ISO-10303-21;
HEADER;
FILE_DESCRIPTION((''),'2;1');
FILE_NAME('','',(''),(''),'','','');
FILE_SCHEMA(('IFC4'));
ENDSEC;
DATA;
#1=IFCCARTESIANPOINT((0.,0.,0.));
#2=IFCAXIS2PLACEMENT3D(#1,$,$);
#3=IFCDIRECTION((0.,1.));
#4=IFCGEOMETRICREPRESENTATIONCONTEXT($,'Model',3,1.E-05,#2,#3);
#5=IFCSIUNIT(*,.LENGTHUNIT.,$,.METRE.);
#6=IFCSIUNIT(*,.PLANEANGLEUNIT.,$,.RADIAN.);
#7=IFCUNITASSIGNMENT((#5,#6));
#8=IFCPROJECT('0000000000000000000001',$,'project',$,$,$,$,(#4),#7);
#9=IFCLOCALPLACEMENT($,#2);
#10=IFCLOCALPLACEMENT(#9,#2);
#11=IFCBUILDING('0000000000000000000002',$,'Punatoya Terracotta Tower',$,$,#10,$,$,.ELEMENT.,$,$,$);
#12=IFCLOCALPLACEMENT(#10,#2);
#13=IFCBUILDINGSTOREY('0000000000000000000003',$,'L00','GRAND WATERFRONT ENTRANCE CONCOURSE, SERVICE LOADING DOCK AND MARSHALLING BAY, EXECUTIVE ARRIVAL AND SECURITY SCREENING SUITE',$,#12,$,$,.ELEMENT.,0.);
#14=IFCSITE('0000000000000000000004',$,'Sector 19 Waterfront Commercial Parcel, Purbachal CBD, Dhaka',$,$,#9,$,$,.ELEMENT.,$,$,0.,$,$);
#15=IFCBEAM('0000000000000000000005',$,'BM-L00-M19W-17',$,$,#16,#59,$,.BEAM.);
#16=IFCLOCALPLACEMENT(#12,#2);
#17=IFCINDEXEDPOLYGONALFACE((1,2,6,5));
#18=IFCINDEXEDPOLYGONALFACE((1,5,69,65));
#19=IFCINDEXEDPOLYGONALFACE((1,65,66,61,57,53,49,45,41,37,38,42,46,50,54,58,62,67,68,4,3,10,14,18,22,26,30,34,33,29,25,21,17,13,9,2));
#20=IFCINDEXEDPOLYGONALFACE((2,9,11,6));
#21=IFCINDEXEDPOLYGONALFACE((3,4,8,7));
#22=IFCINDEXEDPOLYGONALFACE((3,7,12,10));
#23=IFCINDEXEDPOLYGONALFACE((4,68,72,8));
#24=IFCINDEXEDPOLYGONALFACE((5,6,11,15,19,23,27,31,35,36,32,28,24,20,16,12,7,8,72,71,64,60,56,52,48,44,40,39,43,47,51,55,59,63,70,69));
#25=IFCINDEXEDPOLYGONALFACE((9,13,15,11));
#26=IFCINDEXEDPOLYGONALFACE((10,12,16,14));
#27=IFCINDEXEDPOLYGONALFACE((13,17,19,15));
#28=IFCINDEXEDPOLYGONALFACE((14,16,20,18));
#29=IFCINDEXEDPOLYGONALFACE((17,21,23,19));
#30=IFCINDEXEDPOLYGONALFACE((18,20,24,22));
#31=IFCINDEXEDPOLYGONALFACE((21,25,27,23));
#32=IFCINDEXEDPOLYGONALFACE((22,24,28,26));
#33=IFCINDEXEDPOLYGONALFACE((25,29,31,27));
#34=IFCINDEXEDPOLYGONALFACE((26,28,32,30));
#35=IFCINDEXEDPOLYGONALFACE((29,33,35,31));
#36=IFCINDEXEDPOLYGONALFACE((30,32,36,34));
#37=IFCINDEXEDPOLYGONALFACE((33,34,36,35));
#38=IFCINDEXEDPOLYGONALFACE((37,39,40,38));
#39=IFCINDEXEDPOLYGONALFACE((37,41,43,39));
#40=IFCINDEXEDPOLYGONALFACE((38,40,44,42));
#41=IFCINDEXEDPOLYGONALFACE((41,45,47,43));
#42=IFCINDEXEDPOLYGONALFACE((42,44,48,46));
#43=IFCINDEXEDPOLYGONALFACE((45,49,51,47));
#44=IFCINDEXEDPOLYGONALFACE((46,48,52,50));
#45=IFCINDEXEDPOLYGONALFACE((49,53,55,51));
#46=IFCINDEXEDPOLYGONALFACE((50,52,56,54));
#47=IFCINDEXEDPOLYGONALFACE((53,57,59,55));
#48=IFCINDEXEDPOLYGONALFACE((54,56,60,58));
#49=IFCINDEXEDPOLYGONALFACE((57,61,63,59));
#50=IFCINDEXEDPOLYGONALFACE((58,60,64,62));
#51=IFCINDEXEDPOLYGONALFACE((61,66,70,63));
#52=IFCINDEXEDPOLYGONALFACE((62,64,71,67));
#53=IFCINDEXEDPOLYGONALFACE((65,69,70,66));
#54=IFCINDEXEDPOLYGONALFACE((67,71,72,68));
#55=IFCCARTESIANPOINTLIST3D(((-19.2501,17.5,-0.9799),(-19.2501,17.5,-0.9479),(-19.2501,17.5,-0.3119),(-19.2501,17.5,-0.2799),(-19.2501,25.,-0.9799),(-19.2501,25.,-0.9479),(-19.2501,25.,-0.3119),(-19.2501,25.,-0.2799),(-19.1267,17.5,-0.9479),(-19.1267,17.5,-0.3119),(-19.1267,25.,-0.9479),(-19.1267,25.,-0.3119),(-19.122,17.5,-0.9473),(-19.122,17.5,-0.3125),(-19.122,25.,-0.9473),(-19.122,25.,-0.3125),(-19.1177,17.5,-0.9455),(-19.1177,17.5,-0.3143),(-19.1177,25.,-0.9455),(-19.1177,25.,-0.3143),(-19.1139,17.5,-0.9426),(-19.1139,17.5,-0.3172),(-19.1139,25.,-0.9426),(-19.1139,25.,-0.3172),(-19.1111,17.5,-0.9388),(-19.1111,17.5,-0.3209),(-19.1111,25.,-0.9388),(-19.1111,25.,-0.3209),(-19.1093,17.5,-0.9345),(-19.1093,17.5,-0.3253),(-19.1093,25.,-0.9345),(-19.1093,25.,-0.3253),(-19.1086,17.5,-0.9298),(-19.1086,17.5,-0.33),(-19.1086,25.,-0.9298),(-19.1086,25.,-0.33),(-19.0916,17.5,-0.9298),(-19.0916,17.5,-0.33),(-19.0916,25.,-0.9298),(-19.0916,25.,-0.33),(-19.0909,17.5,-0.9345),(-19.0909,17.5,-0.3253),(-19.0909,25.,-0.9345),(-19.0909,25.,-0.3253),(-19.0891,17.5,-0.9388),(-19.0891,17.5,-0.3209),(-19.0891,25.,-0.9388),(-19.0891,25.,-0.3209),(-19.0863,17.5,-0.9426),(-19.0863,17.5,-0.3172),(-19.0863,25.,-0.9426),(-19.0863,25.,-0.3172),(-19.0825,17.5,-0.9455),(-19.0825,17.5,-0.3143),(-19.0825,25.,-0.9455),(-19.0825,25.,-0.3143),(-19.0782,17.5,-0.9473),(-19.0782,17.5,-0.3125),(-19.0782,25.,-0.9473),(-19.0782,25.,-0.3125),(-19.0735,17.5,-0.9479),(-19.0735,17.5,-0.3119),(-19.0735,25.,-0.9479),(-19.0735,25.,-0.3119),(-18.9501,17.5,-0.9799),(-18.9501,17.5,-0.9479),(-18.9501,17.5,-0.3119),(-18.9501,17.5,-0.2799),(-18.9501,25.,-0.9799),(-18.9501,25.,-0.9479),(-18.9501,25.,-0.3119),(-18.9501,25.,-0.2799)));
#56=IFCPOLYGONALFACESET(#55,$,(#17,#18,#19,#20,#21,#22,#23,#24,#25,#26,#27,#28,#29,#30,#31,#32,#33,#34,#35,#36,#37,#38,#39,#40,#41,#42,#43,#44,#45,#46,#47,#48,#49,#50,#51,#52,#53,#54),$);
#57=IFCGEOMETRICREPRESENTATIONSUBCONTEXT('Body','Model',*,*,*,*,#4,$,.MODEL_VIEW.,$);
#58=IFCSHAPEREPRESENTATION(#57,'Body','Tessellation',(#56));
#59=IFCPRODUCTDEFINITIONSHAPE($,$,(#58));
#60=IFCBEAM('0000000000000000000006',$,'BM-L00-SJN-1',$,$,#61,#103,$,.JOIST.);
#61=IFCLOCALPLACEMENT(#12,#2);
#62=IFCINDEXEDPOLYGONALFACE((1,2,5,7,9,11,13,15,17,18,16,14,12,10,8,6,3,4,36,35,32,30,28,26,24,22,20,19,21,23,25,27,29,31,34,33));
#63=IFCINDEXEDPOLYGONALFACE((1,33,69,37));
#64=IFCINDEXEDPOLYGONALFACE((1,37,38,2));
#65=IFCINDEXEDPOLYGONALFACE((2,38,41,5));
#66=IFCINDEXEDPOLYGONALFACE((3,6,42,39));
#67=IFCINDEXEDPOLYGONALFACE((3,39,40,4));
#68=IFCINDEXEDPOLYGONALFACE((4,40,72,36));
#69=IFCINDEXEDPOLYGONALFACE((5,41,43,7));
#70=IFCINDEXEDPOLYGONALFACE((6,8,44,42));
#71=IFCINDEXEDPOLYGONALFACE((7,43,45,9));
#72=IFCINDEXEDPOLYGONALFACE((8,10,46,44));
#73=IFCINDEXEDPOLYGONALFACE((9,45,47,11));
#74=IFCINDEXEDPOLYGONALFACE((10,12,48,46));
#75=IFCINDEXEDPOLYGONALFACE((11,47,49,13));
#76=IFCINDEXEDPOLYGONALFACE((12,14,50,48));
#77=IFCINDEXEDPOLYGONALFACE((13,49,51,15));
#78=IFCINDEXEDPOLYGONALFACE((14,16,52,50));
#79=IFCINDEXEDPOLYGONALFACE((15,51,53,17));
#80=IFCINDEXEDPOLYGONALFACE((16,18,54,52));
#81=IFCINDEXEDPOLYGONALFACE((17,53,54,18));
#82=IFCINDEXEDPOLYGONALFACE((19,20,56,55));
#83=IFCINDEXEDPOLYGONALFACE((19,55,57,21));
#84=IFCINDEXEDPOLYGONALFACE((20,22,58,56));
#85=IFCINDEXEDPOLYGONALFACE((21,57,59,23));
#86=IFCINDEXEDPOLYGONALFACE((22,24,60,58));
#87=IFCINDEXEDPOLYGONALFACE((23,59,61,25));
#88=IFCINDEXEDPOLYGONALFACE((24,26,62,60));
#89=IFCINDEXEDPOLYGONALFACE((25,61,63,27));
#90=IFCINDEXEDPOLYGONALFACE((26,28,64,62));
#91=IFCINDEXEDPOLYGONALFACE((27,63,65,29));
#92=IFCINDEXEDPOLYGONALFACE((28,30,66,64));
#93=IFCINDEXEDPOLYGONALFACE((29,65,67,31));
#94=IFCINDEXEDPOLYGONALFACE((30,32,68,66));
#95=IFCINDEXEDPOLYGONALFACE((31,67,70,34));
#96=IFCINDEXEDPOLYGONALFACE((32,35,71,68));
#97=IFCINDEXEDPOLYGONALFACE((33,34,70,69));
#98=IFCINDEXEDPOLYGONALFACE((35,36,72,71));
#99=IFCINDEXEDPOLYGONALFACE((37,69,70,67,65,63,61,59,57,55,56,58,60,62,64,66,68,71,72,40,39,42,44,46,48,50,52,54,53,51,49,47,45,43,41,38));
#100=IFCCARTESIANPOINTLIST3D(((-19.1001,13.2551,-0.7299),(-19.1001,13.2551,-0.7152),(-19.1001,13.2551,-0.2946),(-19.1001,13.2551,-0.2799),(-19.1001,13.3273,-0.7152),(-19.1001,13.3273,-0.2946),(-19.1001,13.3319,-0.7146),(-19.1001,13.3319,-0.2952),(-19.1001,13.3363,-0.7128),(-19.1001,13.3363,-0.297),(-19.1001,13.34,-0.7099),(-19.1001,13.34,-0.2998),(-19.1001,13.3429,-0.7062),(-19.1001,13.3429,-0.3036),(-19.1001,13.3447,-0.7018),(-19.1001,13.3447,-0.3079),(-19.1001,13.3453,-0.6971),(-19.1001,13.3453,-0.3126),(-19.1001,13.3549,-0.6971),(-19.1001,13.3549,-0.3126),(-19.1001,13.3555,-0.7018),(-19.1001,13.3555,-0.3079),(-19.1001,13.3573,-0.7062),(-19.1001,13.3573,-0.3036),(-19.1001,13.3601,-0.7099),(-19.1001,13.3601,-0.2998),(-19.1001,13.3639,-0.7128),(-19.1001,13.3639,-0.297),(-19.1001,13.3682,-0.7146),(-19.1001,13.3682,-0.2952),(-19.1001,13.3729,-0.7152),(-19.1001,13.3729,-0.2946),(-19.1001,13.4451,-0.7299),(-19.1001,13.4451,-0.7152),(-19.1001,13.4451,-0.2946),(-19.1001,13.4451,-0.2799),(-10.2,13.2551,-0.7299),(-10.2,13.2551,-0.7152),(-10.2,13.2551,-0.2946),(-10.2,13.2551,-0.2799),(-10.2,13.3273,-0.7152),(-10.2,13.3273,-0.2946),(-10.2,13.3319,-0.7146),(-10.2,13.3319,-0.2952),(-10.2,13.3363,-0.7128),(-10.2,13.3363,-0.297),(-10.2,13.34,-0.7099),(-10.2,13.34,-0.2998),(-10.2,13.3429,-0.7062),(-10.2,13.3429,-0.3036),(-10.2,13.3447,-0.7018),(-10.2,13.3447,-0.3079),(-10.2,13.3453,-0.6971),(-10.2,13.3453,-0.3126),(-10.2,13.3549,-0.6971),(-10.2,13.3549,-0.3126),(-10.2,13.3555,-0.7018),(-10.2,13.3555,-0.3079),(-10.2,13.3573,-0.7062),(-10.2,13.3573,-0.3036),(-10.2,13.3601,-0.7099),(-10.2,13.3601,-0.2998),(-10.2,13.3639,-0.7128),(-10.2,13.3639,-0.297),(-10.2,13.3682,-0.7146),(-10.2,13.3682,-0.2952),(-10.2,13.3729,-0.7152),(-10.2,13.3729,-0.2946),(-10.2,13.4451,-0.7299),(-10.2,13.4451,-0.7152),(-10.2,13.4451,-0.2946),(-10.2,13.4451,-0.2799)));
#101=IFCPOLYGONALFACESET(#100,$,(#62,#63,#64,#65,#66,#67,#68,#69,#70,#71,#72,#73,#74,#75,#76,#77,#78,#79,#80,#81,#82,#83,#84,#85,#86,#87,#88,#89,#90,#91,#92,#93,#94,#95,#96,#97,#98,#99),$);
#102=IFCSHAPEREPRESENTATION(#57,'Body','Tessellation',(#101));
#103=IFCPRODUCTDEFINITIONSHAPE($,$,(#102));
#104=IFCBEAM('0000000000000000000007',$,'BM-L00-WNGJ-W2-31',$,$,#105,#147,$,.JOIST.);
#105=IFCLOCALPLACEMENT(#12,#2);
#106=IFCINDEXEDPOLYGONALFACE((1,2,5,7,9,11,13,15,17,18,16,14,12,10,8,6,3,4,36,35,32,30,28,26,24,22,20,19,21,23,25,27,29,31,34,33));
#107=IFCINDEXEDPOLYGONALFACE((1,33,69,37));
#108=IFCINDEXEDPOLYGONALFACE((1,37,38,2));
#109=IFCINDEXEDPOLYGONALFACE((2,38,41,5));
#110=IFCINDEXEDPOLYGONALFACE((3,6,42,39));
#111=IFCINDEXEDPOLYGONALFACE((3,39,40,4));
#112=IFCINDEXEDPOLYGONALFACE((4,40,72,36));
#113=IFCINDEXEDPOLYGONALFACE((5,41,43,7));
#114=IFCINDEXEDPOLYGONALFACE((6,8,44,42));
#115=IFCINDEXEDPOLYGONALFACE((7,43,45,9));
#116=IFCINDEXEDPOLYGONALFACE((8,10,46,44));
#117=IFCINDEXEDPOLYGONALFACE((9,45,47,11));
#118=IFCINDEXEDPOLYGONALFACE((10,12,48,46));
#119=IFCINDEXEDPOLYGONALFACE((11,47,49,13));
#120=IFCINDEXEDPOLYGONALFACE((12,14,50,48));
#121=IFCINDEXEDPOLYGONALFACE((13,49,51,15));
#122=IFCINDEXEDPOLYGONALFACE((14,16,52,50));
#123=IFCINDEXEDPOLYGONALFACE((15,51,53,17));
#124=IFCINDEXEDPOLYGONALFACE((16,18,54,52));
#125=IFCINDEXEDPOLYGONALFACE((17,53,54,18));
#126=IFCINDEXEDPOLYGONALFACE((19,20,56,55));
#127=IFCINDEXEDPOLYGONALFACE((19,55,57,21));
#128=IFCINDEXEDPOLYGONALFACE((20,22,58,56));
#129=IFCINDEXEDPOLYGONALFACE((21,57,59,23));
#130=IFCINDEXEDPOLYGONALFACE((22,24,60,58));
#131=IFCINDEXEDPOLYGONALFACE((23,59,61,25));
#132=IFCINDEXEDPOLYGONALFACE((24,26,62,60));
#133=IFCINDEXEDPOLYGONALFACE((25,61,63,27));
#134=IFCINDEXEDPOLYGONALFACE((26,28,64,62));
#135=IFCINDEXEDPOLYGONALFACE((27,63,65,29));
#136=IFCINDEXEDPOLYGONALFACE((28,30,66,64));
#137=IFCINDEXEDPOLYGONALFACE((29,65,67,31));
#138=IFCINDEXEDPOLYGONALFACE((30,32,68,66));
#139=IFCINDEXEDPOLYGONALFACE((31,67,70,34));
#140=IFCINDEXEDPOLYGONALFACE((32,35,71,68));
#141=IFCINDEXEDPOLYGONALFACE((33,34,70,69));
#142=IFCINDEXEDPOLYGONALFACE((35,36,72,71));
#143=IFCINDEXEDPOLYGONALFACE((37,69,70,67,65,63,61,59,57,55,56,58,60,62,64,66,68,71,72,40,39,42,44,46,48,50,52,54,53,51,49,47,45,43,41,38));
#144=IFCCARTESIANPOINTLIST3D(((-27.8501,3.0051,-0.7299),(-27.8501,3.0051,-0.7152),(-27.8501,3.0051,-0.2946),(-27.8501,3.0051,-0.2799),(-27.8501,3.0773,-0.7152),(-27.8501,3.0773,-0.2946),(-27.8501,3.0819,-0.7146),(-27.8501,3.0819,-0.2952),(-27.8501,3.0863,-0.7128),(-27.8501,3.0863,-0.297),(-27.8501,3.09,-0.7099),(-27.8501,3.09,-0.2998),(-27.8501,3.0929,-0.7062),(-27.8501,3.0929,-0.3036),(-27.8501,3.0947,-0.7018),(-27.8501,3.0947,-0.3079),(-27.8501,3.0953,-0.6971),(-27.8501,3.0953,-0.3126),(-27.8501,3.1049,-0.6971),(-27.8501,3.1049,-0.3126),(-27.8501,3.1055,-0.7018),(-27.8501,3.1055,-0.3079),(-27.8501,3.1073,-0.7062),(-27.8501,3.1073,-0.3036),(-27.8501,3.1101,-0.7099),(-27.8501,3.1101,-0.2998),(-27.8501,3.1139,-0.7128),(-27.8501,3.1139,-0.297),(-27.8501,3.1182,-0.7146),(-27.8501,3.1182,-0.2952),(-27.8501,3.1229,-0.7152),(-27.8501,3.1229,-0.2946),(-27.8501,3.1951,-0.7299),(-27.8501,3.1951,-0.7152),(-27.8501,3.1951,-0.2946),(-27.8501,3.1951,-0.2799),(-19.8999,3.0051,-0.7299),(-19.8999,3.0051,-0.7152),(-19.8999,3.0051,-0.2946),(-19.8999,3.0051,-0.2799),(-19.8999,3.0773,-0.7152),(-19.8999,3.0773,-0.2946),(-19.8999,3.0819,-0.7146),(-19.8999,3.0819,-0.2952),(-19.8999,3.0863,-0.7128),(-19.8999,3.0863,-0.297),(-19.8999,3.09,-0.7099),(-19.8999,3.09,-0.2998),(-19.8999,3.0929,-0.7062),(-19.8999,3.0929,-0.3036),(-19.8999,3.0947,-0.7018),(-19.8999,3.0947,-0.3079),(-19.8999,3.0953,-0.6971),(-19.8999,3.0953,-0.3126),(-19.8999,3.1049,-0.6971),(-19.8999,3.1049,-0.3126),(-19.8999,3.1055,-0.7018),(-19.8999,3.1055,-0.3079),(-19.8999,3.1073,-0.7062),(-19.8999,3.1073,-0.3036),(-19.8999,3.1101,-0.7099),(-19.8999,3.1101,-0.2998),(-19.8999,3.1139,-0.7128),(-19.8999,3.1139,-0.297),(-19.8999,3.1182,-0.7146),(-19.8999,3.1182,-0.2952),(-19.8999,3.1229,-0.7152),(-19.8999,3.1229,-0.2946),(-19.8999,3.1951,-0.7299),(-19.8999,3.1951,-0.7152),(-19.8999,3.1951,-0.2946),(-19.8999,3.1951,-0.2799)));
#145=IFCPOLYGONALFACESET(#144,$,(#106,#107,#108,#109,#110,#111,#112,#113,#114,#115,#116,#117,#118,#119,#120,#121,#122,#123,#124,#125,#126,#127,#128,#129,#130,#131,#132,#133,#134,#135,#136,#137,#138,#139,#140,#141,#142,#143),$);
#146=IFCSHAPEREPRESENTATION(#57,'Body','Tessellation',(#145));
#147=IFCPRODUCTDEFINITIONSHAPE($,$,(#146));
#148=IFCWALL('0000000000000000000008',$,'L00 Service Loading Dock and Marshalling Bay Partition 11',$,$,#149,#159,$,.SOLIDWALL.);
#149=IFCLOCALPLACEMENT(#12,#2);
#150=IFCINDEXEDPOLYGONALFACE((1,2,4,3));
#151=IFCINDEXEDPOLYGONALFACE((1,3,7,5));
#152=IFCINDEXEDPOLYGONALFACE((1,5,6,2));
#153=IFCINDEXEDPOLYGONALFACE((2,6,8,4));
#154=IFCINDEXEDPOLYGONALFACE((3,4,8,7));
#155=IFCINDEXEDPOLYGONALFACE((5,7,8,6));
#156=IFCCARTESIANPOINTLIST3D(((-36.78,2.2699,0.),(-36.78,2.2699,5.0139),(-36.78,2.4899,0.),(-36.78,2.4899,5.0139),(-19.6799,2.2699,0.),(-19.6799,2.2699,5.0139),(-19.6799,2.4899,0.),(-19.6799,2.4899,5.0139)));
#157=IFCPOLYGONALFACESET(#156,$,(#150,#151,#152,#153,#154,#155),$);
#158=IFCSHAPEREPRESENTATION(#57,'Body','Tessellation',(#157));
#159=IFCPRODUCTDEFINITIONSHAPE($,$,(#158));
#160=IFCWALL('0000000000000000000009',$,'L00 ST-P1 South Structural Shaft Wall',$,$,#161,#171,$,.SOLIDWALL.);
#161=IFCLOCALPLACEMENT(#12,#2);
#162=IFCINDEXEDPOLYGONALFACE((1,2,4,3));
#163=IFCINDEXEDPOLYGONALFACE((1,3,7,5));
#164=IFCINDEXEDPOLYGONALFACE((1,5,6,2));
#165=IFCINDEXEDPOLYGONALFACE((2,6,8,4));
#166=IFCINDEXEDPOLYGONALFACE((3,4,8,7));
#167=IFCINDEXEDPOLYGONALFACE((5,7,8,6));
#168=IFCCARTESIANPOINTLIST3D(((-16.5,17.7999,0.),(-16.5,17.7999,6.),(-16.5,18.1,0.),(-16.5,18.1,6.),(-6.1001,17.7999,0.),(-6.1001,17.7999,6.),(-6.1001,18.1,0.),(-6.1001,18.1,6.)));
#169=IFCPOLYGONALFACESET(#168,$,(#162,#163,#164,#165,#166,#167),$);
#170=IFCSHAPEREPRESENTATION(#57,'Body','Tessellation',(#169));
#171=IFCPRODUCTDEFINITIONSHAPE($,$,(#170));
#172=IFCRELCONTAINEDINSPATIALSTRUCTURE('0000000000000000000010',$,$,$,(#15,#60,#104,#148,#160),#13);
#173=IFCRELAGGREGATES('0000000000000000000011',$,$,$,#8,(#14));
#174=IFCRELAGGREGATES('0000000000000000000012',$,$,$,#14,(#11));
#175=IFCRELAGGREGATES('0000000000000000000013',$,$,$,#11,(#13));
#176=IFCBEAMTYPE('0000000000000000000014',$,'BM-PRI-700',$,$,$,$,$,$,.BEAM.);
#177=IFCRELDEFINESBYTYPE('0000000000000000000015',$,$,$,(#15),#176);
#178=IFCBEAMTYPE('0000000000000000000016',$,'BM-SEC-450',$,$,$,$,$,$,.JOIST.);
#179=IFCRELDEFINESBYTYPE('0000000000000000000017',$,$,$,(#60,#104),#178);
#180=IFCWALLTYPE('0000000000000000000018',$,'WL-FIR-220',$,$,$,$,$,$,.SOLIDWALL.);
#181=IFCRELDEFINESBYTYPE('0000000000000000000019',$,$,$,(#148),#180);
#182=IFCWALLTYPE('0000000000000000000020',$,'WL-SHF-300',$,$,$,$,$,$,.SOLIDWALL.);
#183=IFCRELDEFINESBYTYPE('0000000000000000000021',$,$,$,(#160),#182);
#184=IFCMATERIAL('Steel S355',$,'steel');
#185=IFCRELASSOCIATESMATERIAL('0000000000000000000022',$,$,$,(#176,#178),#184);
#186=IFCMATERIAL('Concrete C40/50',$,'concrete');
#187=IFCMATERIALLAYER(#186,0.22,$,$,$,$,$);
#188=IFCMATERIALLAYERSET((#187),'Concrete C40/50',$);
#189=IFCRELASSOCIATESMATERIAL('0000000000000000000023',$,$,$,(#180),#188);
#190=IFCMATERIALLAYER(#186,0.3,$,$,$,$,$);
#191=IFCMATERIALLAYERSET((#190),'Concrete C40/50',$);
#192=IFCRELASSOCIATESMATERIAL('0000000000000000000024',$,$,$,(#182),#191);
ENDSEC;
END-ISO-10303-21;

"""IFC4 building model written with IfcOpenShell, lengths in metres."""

from ifc_helpers import new_model, si_unit, direction, frame, frame_2d, origin, origin_2d, place, context, subcontext, project, spatial, rectangle, i_section, extrude, material, layer, layer_set, material_profile, profile_set, type_object, element, save


model = new_model("IFC4")

# Units and contexts
model_context = context("Model", 3, precision=1e-05, world=origin(), true_north=direction((0.0, 1.0)))
body_context = subcontext(model_context, "Body", "Model", "MODEL_VIEW")
ifc_project = project(units=[si_unit("LENGTHUNIT", "METRE"), si_unit("PLANEANGLEUNIT", "RADIAN")], contexts=[model_context])

# Site, building, storey
site_placement = place(None, origin())
site = spatial("IfcSite", under=ifc_project, at=site_placement, Name="Sector 19 Waterfront Commercial Parcel, Purbachal CBD, Dhaka", CompositionType="ELEMENT", RefElevation=0.0)
building_placement = place(site_placement, origin())
building = spatial("IfcBuilding", under=site, at=building_placement, Name="Punatoya Terracotta Tower", CompositionType="ELEMENT")
storey_placement = place(building_placement, origin())
storey = spatial("IfcBuildingStorey", under=building, at=storey_placement, Name="L00", Description="GRAND WATERFRONT ENTRANCE CONCOURSE, SERVICE LOADING DOCK AND MARSHALLING BAY, EXECUTIVE ARRIVAL AND SECURITY SCREENING SUITE", CompositionType="ELEMENT", Elevation=0.0)

# Beams
ifc_material_1 = material(Name="Steel S355", Category="steel")
ifc_material_profile_1 = material_profile(ifc_material_1, i_section(OverallWidth=0.3, OverallDepth=0.7, WebThickness=0.0171, FlangeThickness=0.032, FilletRadius=0.0181, at=origin_2d()))
ifc_profile_set_1 = profile_set([ifc_material_profile_1], Name="Steel S355")
beam_type_1 = type_object("IfcBeamType", Name="BM-PRI-700", PredefinedType="BEAM", material=ifc_profile_set_1)
for number, where, z_axis, x_axis, name in (
    (1, (-19.1001, 17.5, -0.6299), (0.0, 1.0, 0.0), (-1.0, 0.0, 0.0), "BM-L00-M19W-17"),
):
    element("IfcBeam", number, at=place(storey_placement, frame(where, z_axis=z_axis, x_axis=x_axis)), inside=storey, type_object=beam_type_1, Name=name, PredefinedType="BEAM", context=body_context, shape_type="SweptSolid", body=[
        extrude(i_section(OverallWidth=0.3, OverallDepth=0.7, WebThickness=0.0171, FlangeThickness=0.032, FilletRadius=0.0181, at=origin_2d()), origin(), (0.0, 0.0, 1.0), 7.5),
    ])
ifc_material_profile_2 = material_profile(ifc_material_1, i_section(OverallWidth=0.1899, OverallDepth=0.45, WebThickness=0.0095, FlangeThickness=0.0146, FilletRadius=0.0181, at=origin_2d()))
ifc_profile_set_2 = profile_set([ifc_material_profile_2], Name="Steel S355")
beam_type_2 = type_object("IfcBeamType", Name="BM-SEC-450", PredefinedType="JOIST", material=ifc_profile_set_2)
beam_1_placement = place(storey_placement, frame((-19.1001, 13.3501, -0.5049), z_axis=(1.0, 0.0, 0.0), x_axis=(0.0, 1.0, 0.0)))
element("IfcBeam", 2, at=beam_1_placement, inside=storey, type_object=beam_type_2, Name="BM-L00-SJN-1", PredefinedType="JOIST", context=body_context, shape_type="SweptSolid", body=[
    extrude(i_section(OverallWidth=0.1899, OverallDepth=0.45, WebThickness=0.0095, FlangeThickness=0.0146, FilletRadius=0.0181, at=origin_2d()), origin(), (0.0, 0.0, 1.0), 8.9001),
])
beam_2_placement = place(storey_placement, frame((-27.8501, 3.1001, -0.5049), z_axis=(1.0, 0.0, 0.0), x_axis=(0.0, 1.0, 0.0)))
element("IfcBeam", 3, at=beam_2_placement, inside=storey, type_object=beam_type_2, Name="BM-L00-WNGJ-W2-31", PredefinedType="JOIST", context=body_context, shape_type="SweptSolid", body=[
    extrude(i_section(OverallWidth=0.1899, OverallDepth=0.45, WebThickness=0.0095, FlangeThickness=0.0146, FilletRadius=0.0181, at=origin_2d()), origin(), (0.0, 0.0, 1.0), 7.9502),
])

# Walls
ifc_material_2 = material(Name="Concrete C40/50", Category="concrete")
ifc_layer_1 = layer(ifc_material_2, 0.22)
ifc_layer_set_1 = layer_set([ifc_layer_1], Name="Concrete C40/50")
wall_type_1 = type_object("IfcWallType", Name="WL-FIR-220", PredefinedType="SOLIDWALL", material=ifc_layer_set_1)
wall_1_placement = place(storey_placement, frame((-19.6799, 2.3799, 0.0), z_axis=(0.0, 0.0, 1.0), x_axis=(-1.0, 0.0, 0.0)))
element("IfcWall", 4, at=wall_1_placement, inside=storey, type_object=wall_type_1, Name="L00 Service Loading Dock and Marshalling Bay Partition 11", PredefinedType="SOLIDWALL", context=body_context, shape_type="SweptSolid", body=[
    extrude(rectangle(XDim=17.1001, YDim=0.22, at=frame_2d((8.55, 0.0))), origin(), (0.0, 0.0, 1.0), 5.0139),
])
ifc_layer_2 = layer(ifc_material_2, 0.3)
ifc_layer_set_2 = layer_set([ifc_layer_2], Name="Concrete C40/50")
wall_type_2 = type_object("IfcWallType", Name="WL-SHF-300", PredefinedType="SOLIDWALL", material=ifc_layer_set_2)
wall_2_placement = place(storey_placement, frame((-16.5, 17.95, 0.0), z_axis=(0.0, 0.0, 1.0), x_axis=(1.0, 0.0, 0.0)))
element("IfcWall", 5, at=wall_2_placement, inside=storey, type_object=wall_type_2, Name="L00 ST-P1 South Structural Shaft Wall", PredefinedType="SOLIDWALL", context=body_context, shape_type="SweptSolid", body=[
    extrude(rectangle(XDim=10.3999, YDim=0.3, at=frame_2d((5.2, 0.0))), origin(), (0.0, 0.0, 1.0), 6.0),
])

save(model, "model.ifc")
